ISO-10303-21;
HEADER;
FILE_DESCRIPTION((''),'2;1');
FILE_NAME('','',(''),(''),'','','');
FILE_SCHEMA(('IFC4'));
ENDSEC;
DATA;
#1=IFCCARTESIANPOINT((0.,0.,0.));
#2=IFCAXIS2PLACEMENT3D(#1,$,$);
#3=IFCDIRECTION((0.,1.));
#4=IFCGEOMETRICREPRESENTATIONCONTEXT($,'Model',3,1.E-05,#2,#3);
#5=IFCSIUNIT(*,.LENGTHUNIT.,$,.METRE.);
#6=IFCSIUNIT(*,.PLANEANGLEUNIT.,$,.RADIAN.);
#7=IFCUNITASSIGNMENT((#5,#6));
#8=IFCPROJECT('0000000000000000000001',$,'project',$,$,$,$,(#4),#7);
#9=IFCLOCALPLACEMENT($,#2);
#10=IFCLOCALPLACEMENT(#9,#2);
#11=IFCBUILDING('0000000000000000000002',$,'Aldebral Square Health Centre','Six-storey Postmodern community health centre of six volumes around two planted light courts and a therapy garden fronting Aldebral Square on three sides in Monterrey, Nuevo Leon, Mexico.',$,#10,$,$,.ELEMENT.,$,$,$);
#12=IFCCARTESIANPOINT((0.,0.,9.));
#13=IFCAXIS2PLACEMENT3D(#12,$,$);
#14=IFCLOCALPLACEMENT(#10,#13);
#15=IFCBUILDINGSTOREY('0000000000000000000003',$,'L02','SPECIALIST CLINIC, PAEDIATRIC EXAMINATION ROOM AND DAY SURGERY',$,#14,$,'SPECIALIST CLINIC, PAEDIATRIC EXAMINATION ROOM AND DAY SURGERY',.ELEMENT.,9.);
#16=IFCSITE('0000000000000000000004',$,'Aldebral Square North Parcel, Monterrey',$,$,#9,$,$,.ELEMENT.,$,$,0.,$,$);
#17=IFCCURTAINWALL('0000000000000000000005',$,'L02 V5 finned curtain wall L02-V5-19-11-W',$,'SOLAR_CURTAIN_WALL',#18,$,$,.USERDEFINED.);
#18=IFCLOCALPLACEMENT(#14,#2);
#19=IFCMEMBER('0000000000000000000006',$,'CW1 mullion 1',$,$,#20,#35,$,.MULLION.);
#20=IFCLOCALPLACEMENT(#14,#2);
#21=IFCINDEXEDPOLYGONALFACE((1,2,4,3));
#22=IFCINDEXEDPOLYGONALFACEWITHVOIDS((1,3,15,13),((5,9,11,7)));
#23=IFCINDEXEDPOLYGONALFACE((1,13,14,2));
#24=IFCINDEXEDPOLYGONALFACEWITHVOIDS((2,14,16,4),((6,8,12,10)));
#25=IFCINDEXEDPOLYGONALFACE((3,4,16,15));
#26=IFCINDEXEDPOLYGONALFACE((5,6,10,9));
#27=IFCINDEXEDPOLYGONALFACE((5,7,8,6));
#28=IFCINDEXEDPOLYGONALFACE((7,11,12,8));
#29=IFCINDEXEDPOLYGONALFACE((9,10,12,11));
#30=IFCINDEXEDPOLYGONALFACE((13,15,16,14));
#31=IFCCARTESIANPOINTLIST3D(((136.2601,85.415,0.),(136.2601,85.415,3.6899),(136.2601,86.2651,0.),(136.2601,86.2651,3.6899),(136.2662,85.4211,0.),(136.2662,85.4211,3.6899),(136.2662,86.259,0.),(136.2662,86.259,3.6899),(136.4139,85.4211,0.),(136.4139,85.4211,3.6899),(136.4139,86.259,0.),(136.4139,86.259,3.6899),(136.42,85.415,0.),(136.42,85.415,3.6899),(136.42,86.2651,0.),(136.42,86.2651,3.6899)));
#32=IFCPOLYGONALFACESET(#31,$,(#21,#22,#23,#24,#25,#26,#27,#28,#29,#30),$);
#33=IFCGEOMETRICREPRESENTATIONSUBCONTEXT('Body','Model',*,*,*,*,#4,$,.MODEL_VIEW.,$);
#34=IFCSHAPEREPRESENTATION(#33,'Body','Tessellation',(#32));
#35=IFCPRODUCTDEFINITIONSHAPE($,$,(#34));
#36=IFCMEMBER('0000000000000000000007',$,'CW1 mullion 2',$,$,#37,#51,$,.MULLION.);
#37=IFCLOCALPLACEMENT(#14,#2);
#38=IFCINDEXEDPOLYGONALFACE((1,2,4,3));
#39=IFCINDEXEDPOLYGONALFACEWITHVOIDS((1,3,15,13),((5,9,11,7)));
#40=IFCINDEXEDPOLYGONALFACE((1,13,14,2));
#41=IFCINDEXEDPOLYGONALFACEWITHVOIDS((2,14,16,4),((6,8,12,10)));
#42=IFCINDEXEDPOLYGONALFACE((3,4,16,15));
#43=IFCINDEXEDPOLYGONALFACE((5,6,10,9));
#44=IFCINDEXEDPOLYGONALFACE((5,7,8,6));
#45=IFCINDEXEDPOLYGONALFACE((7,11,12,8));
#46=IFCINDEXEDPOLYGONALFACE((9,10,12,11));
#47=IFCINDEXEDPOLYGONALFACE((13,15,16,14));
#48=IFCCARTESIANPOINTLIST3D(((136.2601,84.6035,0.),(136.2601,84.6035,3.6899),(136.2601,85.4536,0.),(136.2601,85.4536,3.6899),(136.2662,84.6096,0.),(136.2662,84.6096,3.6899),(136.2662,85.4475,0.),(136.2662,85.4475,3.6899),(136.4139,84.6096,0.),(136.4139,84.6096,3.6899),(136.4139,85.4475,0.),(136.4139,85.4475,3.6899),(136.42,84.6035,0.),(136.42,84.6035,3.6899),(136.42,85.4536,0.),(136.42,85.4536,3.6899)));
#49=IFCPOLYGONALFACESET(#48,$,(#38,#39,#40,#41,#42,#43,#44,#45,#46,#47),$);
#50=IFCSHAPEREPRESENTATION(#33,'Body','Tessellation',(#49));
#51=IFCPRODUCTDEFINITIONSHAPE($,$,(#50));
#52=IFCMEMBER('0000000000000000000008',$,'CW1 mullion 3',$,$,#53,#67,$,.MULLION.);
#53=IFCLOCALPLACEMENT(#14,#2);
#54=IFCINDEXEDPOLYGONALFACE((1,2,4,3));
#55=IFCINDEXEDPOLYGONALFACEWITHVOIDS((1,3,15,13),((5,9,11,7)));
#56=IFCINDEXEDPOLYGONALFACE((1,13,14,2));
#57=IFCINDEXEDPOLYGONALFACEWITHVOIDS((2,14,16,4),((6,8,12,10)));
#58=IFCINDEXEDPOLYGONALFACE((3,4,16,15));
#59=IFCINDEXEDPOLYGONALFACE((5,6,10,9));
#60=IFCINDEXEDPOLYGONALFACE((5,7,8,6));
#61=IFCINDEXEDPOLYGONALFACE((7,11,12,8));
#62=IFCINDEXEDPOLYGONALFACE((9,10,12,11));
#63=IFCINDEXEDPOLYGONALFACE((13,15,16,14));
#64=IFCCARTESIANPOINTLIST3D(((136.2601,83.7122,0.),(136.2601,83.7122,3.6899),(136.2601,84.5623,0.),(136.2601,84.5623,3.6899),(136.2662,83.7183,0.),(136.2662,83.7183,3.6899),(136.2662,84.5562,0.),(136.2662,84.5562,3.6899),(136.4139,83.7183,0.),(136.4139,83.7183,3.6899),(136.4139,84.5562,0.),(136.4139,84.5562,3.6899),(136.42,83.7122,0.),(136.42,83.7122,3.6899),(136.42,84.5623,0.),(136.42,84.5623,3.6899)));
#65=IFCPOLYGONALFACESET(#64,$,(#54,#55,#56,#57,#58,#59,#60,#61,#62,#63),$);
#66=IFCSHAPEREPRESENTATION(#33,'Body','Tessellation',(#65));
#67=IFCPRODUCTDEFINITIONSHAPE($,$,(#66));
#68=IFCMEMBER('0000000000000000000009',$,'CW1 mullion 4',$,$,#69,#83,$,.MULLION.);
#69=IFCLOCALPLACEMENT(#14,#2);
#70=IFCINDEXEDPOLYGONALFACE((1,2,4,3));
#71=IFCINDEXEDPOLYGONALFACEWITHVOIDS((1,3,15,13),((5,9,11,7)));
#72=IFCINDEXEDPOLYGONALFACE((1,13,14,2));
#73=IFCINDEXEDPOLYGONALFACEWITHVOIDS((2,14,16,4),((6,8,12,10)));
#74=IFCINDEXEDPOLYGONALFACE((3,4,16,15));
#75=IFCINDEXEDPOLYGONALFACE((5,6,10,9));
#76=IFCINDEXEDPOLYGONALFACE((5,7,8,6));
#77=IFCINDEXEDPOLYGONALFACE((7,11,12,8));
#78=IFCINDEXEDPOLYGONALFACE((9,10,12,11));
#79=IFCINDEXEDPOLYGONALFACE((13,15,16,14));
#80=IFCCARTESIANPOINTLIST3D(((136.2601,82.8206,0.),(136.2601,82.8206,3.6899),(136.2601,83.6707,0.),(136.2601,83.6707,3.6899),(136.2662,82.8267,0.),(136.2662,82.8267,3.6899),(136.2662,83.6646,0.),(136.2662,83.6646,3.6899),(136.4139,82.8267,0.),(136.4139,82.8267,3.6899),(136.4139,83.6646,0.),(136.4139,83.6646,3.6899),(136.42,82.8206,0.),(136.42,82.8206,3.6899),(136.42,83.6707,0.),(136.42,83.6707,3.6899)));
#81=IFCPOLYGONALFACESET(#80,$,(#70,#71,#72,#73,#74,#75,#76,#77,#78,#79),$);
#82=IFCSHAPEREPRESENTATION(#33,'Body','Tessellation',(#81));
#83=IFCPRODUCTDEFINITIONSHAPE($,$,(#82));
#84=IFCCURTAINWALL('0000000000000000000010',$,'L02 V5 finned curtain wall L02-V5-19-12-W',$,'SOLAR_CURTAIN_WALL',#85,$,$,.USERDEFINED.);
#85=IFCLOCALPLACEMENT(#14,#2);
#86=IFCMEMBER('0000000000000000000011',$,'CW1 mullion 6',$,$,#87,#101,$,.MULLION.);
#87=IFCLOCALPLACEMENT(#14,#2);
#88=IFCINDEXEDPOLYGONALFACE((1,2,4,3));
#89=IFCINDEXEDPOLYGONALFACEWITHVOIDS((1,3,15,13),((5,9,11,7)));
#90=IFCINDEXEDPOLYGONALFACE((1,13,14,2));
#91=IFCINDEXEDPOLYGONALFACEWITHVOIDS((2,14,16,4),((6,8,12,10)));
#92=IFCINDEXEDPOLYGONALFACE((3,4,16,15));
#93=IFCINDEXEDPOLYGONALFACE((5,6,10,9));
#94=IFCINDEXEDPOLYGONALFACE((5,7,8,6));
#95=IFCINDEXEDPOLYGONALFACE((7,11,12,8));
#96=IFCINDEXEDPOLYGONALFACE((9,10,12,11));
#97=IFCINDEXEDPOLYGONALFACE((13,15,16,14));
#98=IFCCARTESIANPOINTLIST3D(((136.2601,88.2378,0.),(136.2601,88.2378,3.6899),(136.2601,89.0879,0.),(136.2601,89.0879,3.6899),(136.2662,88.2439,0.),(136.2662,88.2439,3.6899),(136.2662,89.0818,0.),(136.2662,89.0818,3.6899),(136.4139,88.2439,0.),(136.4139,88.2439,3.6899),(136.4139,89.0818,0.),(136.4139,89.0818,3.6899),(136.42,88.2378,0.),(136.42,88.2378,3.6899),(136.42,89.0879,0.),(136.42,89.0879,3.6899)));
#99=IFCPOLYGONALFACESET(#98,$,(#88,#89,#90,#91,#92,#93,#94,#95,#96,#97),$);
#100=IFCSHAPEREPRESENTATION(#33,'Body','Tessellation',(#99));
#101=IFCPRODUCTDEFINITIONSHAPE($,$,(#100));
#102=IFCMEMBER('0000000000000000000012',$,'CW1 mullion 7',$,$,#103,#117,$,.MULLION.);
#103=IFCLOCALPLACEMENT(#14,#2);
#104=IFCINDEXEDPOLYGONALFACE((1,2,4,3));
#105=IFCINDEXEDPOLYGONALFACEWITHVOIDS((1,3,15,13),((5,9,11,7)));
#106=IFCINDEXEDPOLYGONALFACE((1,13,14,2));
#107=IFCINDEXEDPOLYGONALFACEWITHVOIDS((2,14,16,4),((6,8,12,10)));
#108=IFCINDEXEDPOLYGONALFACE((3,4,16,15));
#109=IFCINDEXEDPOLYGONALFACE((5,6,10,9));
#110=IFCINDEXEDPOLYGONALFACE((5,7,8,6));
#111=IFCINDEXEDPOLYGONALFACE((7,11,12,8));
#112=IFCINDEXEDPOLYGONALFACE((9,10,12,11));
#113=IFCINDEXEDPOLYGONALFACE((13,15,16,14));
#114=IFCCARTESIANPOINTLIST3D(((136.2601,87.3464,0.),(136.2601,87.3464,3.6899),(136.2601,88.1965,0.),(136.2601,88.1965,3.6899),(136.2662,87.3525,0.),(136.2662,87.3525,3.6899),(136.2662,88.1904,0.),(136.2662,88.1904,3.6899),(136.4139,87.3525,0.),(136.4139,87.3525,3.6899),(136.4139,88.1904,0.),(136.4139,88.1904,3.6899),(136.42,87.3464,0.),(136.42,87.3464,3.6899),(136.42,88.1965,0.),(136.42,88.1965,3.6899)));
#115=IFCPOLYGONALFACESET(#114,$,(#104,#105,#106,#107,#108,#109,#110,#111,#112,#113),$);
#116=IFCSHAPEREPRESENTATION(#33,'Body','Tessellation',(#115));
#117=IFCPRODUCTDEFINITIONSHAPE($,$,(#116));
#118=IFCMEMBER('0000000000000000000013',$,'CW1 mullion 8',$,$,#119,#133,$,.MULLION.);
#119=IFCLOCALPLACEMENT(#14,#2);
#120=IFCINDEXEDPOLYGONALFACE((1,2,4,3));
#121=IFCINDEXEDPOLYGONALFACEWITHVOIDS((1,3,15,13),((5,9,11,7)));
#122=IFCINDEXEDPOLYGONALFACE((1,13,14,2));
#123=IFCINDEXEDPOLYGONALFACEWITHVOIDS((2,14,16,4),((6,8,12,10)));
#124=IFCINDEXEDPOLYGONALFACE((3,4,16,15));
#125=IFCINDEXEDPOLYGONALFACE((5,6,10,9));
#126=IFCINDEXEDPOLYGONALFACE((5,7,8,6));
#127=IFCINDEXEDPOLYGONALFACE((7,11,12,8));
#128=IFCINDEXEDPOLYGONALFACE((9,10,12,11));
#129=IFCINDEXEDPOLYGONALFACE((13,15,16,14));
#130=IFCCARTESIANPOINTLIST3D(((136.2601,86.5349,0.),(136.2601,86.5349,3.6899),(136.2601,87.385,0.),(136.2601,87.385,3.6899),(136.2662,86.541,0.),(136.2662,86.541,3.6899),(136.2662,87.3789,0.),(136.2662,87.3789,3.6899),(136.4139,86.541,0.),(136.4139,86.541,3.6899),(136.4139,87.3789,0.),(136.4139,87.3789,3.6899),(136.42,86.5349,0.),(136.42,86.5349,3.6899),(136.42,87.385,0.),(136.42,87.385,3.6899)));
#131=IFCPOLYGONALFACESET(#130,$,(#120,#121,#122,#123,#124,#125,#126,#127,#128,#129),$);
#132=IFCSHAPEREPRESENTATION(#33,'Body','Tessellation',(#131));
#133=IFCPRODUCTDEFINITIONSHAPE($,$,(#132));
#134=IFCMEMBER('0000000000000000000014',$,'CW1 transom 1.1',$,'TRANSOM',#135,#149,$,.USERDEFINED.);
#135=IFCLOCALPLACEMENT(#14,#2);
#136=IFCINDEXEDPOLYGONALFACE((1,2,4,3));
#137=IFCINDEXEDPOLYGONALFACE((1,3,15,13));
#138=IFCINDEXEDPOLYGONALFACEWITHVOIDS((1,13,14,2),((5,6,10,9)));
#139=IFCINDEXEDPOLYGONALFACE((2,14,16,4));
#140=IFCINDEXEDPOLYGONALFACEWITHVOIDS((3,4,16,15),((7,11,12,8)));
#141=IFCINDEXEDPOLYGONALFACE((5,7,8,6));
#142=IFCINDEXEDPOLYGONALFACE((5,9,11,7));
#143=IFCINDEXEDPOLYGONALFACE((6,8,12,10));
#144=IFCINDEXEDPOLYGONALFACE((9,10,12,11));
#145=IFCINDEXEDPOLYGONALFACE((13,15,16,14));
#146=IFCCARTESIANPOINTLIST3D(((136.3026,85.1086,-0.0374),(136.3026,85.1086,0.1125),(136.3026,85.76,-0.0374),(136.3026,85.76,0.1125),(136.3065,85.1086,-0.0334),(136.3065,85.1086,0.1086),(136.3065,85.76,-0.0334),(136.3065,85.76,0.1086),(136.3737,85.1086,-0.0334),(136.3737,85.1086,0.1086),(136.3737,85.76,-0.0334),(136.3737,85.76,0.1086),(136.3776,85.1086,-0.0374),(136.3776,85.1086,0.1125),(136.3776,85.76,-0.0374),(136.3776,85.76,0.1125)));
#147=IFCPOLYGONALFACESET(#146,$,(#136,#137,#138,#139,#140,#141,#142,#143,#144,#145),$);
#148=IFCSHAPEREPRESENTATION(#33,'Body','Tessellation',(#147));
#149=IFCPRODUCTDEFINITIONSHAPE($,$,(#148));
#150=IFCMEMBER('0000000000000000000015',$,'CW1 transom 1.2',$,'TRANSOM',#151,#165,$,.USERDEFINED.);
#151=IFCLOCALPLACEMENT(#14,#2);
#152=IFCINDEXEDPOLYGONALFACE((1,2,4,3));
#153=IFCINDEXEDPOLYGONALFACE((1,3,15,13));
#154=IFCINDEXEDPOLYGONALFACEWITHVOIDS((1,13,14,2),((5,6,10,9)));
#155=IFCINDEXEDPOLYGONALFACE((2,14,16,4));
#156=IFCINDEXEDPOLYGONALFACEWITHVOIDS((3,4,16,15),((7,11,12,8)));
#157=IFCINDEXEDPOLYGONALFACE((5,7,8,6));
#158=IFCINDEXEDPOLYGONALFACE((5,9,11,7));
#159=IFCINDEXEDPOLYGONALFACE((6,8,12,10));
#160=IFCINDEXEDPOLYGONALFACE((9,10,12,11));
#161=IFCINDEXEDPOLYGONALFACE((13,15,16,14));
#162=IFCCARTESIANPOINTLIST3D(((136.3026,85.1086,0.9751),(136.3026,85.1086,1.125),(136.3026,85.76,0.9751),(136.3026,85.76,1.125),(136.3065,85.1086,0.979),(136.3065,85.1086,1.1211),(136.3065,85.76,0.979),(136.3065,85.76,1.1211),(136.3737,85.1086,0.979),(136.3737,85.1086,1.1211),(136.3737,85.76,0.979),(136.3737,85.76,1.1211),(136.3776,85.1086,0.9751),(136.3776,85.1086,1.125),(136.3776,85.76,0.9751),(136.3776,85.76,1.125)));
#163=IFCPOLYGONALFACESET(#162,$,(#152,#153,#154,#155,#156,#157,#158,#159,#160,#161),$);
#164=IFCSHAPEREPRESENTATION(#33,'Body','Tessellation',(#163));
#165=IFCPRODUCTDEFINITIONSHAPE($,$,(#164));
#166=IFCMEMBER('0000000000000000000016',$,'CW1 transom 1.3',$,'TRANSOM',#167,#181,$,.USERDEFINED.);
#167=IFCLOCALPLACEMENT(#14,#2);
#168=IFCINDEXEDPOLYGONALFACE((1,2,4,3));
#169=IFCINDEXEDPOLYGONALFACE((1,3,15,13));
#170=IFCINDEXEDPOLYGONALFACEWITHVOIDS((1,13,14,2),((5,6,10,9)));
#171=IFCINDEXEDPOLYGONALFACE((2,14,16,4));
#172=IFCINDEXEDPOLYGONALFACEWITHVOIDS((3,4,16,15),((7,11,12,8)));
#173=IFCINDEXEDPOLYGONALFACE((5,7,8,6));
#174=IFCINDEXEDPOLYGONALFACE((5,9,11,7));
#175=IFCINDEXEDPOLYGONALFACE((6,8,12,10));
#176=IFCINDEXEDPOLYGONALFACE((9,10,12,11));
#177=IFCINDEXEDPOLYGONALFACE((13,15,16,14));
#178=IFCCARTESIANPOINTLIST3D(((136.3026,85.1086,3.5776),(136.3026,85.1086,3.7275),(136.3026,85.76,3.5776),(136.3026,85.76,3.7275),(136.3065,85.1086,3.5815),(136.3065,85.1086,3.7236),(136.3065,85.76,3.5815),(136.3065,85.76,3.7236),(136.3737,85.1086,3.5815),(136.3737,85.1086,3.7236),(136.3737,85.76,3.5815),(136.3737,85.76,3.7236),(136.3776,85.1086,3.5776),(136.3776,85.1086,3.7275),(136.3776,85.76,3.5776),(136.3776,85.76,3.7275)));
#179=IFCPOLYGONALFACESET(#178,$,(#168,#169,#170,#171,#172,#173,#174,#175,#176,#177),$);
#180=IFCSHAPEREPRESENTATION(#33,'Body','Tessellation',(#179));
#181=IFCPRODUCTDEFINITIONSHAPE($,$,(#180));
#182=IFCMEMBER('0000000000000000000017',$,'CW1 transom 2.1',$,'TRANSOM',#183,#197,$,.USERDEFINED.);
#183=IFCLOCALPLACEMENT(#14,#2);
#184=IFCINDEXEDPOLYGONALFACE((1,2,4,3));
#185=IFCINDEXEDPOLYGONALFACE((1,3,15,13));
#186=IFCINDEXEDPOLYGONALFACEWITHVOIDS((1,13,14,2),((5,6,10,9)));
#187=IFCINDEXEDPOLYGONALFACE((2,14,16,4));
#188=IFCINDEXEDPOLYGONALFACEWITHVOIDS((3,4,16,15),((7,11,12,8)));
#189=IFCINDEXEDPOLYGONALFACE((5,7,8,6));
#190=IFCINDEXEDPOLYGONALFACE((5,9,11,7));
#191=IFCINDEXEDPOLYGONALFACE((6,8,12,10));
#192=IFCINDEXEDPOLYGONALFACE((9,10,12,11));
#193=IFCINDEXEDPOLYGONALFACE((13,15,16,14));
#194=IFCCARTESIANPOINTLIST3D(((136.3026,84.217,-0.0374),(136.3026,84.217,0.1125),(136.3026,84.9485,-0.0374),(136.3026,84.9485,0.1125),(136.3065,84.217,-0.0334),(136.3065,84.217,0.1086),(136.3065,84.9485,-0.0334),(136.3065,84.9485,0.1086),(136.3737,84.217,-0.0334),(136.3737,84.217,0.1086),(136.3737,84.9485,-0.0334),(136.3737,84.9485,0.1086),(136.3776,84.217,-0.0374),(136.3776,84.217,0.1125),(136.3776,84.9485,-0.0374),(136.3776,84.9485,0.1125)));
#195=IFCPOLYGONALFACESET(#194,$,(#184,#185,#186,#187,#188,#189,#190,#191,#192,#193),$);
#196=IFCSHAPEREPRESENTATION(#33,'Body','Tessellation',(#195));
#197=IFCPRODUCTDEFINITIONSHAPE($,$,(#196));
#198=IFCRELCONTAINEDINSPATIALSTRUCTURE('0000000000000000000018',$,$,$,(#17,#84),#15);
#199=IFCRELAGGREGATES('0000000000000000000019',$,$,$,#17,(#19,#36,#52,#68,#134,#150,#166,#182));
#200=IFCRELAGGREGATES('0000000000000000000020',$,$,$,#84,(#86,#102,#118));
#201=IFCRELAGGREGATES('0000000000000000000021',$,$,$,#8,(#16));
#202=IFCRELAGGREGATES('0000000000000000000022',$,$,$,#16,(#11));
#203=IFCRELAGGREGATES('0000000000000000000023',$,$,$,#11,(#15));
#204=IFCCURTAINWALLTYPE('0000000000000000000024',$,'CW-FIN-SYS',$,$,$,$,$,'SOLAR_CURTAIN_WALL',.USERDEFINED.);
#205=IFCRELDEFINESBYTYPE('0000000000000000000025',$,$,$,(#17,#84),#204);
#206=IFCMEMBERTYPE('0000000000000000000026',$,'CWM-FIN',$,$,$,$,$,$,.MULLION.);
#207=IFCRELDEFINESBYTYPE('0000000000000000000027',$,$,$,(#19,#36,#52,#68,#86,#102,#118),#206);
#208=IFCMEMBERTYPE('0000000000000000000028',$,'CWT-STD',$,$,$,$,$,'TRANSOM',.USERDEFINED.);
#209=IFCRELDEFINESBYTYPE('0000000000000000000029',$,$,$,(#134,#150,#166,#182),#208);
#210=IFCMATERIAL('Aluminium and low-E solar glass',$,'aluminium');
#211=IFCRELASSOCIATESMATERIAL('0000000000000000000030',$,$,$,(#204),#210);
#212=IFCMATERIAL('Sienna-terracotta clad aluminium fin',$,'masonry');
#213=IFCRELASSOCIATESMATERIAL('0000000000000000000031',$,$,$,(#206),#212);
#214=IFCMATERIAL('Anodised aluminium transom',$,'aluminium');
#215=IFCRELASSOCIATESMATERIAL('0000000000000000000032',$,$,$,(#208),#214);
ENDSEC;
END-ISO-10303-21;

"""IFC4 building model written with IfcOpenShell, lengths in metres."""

from ifc_helpers import new_model, si_unit, direction, frame, origin, origin_2d, place, context, subcontext, project, spatial, hollow_rectangle, extrude, material, material_profile, profile_set, type_object, element, aggregate, save


model = new_model("IFC4")

# Units and contexts
model_context = context("Model", 3, precision=1e-05, world=origin(), true_north=direction((0.0, 1.0)))
body_context = subcontext(model_context, "Body", "Model", "MODEL_VIEW")
ifc_project = project(units=[si_unit("LENGTHUNIT", "METRE"), si_unit("PLANEANGLEUNIT", "RADIAN")], contexts=[model_context])

# Site, building, storey
site_placement = place(None, origin())
site = spatial("IfcSite", under=ifc_project, at=site_placement, Name="Aldebral Square North Parcel, Monterrey", CompositionType="ELEMENT", RefElevation=0.0)
building_placement = place(site_placement, origin())
building = spatial("IfcBuilding", under=site, at=building_placement, Name="Aldebral Square Health Centre", Description="Six-storey Postmodern community health centre of six volumes around two planted light courts and a therapy garden fronting Aldebral Square on three sides in Monterrey, Nuevo Leon, Mexico.", CompositionType="ELEMENT")
storey_placement = place(building_placement, frame((0.0, 0.0, 9.0)))
storey = spatial("IfcBuildingStorey", under=building, at=storey_placement, Name="L02", Description="SPECIALIST CLINIC, PAEDIATRIC EXAMINATION ROOM AND DAY SURGERY", LongName="SPECIALIST CLINIC, PAEDIATRIC EXAMINATION ROOM AND DAY SURGERY", CompositionType="ELEMENT", Elevation=9.0)

# Curtain walls, members
ifc_material_1 = material(Name="Aluminium and low-E solar glass", Category="aluminium")
curtain_wall_type = type_object("IfcCurtainWallType", Name="CW-FIN-SYS", ElementType="SOLAR_CURTAIN_WALL", PredefinedType="USERDEFINED", material=ifc_material_1)
curtain_wall_1_placement = place(storey_placement, origin())
curtain_wall_1 = element("IfcCurtainWall", 1, at=curtain_wall_1_placement, inside=storey, type_object=curtain_wall_type, Name="L02 V5 finned curtain wall L02-V5-19-11-W", ObjectType="SOLAR_CURTAIN_WALL", PredefinedType="USERDEFINED")
ifc_material_2 = material(Name="Sienna-terracotta clad aluminium fin", Category="masonry")
ifc_material_profile_1 = material_profile(ifc_material_2, hollow_rectangle(XDim=0.1599, YDim=0.8501, WallThickness=0.0061, at=origin_2d()), Name="FIN 160x850x6")
ifc_profile_set_1 = profile_set([ifc_material_profile_1], Name="Sienna-terracotta clad aluminium fin")
member_type_1 = type_object("IfcMemberType", Name="CWM-FIN", PredefinedType="MULLION", material=ifc_profile_set_1)
member_1_placement = place(storey_placement, frame((136.3401, 85.8401, 0.0), z_axis=(0.0, 0.0, 1.0), x_axis=(1.0, 0.0, 0.0)))
member_1 = element("IfcMember", 2, at=member_1_placement, type_object=member_type_1, Name="CW1 mullion 1", PredefinedType="MULLION", context=body_context, shape_type="SweptSolid", body=[
    extrude(hollow_rectangle(XDim=0.1599, YDim=0.8501, WallThickness=0.0061, at=origin_2d()), origin(), (0.0, 0.0, 1.0), 3.6899),
])
member_2_placement = place(storey_placement, frame((136.3401, 85.0286, 0.0), z_axis=(0.0, 0.0, 1.0), x_axis=(1.0, 0.0, 0.0)))
member_2 = element("IfcMember", 3, at=member_2_placement, type_object=member_type_1, Name="CW1 mullion 2", PredefinedType="MULLION", context=body_context, shape_type="SweptSolid", body=[
    extrude(hollow_rectangle(XDim=0.1599, YDim=0.8501, WallThickness=0.0061, at=origin_2d()), origin(), (0.0, 0.0, 1.0), 3.6899),
])
member_3_placement = place(storey_placement, frame((136.3401, 84.1372, 0.0), z_axis=(0.0, 0.0, 1.0), x_axis=(1.0, 0.0, 0.0)))
member_3 = element("IfcMember", 4, at=member_3_placement, type_object=member_type_1, Name="CW1 mullion 3", PredefinedType="MULLION", context=body_context, shape_type="SweptSolid", body=[
    extrude(hollow_rectangle(XDim=0.1599, YDim=0.8501, WallThickness=0.0061, at=origin_2d()), origin(), (0.0, 0.0, 1.0), 3.6899),
])
member_4_placement = place(storey_placement, frame((136.3401, 83.2456, 0.0), z_axis=(0.0, 0.0, 1.0), x_axis=(1.0, 0.0, 0.0)))
member_4 = element("IfcMember", 5, at=member_4_placement, type_object=member_type_1, Name="CW1 mullion 4", PredefinedType="MULLION", context=body_context, shape_type="SweptSolid", body=[
    extrude(hollow_rectangle(XDim=0.1599, YDim=0.8501, WallThickness=0.0061, at=origin_2d()), origin(), (0.0, 0.0, 1.0), 3.6899),
])
curtain_wall_2_placement = place(storey_placement, origin())
curtain_wall_2 = element("IfcCurtainWall", 6, at=curtain_wall_2_placement, inside=storey, type_object=curtain_wall_type, Name="L02 V5 finned curtain wall L02-V5-19-12-W", ObjectType="SOLAR_CURTAIN_WALL", PredefinedType="USERDEFINED")
member_5_placement = place(storey_placement, frame((136.3401, 88.6628, 0.0), z_axis=(0.0, 0.0, 1.0), x_axis=(1.0, 0.0, 0.0)))
member_5 = element("IfcMember", 7, at=member_5_placement, type_object=member_type_1, Name="CW1 mullion 6", PredefinedType="MULLION", context=body_context, shape_type="SweptSolid", body=[
    extrude(hollow_rectangle(XDim=0.1599, YDim=0.8501, WallThickness=0.0061, at=origin_2d()), origin(), (0.0, 0.0, 1.0), 3.6899),
])
member_6_placement = place(storey_placement, frame((136.3401, 87.7715, 0.0), z_axis=(0.0, 0.0, 1.0), x_axis=(1.0, 0.0, 0.0)))
member_6 = element("IfcMember", 8, at=member_6_placement, type_object=member_type_1, Name="CW1 mullion 7", PredefinedType="MULLION", context=body_context, shape_type="SweptSolid", body=[
    extrude(hollow_rectangle(XDim=0.1599, YDim=0.8501, WallThickness=0.0061, at=origin_2d()), origin(), (0.0, 0.0, 1.0), 3.6899),
])
member_7_placement = place(storey_placement, frame((136.3401, 86.96, 0.0), z_axis=(0.0, 0.0, 1.0), x_axis=(1.0, 0.0, 0.0)))
member_7 = element("IfcMember", 9, at=member_7_placement, type_object=member_type_1, Name="CW1 mullion 8", PredefinedType="MULLION", context=body_context, shape_type="SweptSolid", body=[
    extrude(hollow_rectangle(XDim=0.1599, YDim=0.8501, WallThickness=0.0061, at=origin_2d()), origin(), (0.0, 0.0, 1.0), 3.6899),
])

# Members
ifc_material_3 = material(Name="Anodised aluminium transom", Category="aluminium")
ifc_material_profile_2 = material_profile(ifc_material_3, hollow_rectangle(XDim=0.075, YDim=0.1499, WallThickness=0.0039, at=origin_2d()), Name="CWT 75x150x4")
ifc_profile_set_2 = profile_set([ifc_material_profile_2], Name="Anodised aluminium transom")
member_type_2 = type_object("IfcMemberType", Name="CWT-STD", ElementType="TRANSOM", PredefinedType="USERDEFINED", material=ifc_profile_set_2)
member_8_placement = place(storey_placement, frame((136.3401, 85.76, 0.0376), z_axis=(0.0, -1.0, 0.0), x_axis=(1.0, 0.0, 0.0)))
member_8 = element("IfcMember", 10, at=member_8_placement, type_object=member_type_2, Name="CW1 transom 1.1", ObjectType="TRANSOM", PredefinedType="USERDEFINED", context=body_context, shape_type="SweptSolid", body=[
    extrude(hollow_rectangle(XDim=0.075, YDim=0.1499, WallThickness=0.0039, at=origin_2d()), origin(), (0.0, 0.0, 1.0), 0.6514),
])
member_9_placement = place(storey_placement, frame((136.3401, 85.76, 1.05), z_axis=(0.0, -1.0, 0.0), x_axis=(1.0, 0.0, 0.0)))
member_9 = element("IfcMember", 11, at=member_9_placement, type_object=member_type_2, Name="CW1 transom 1.2", ObjectType="TRANSOM", PredefinedType="USERDEFINED", context=body_context, shape_type="SweptSolid", body=[
    extrude(hollow_rectangle(XDim=0.075, YDim=0.1499, WallThickness=0.0039, at=origin_2d()), origin(), (0.0, 0.0, 1.0), 0.6514),
])
member_10_placement = place(storey_placement, frame((136.3401, 85.76, 3.6526), z_axis=(0.0, -1.0, 0.0), x_axis=(1.0, 0.0, 0.0)))
member_10 = element("IfcMember", 12, at=member_10_placement, type_object=member_type_2, Name="CW1 transom 1.3", ObjectType="TRANSOM", PredefinedType="USERDEFINED", context=body_context, shape_type="SweptSolid", body=[
    extrude(hollow_rectangle(XDim=0.075, YDim=0.1499, WallThickness=0.0039, at=origin_2d()), origin(), (0.0, 0.0, 1.0), 0.6514),
])
member_11_placement = place(storey_placement, frame((136.3401, 84.9485, 0.0376), z_axis=(0.0, -1.0, 0.0), x_axis=(1.0, 0.0, 0.0)))
member_11 = element("IfcMember", 13, at=member_11_placement, type_object=member_type_2, Name="CW1 transom 2.1", ObjectType="TRANSOM", PredefinedType="USERDEFINED", context=body_context, shape_type="SweptSolid", body=[
    extrude(hollow_rectangle(XDim=0.075, YDim=0.1499, WallThickness=0.0039, at=origin_2d()), origin(), (0.0, 0.0, 1.0), 0.7314),
])

aggregate(curtain_wall_1, [member_1, member_2, member_3, member_4, member_8, member_9, member_10, member_11])
aggregate(curtain_wall_2, [member_5, member_6, member_7])

save(model, "model.ifc")
